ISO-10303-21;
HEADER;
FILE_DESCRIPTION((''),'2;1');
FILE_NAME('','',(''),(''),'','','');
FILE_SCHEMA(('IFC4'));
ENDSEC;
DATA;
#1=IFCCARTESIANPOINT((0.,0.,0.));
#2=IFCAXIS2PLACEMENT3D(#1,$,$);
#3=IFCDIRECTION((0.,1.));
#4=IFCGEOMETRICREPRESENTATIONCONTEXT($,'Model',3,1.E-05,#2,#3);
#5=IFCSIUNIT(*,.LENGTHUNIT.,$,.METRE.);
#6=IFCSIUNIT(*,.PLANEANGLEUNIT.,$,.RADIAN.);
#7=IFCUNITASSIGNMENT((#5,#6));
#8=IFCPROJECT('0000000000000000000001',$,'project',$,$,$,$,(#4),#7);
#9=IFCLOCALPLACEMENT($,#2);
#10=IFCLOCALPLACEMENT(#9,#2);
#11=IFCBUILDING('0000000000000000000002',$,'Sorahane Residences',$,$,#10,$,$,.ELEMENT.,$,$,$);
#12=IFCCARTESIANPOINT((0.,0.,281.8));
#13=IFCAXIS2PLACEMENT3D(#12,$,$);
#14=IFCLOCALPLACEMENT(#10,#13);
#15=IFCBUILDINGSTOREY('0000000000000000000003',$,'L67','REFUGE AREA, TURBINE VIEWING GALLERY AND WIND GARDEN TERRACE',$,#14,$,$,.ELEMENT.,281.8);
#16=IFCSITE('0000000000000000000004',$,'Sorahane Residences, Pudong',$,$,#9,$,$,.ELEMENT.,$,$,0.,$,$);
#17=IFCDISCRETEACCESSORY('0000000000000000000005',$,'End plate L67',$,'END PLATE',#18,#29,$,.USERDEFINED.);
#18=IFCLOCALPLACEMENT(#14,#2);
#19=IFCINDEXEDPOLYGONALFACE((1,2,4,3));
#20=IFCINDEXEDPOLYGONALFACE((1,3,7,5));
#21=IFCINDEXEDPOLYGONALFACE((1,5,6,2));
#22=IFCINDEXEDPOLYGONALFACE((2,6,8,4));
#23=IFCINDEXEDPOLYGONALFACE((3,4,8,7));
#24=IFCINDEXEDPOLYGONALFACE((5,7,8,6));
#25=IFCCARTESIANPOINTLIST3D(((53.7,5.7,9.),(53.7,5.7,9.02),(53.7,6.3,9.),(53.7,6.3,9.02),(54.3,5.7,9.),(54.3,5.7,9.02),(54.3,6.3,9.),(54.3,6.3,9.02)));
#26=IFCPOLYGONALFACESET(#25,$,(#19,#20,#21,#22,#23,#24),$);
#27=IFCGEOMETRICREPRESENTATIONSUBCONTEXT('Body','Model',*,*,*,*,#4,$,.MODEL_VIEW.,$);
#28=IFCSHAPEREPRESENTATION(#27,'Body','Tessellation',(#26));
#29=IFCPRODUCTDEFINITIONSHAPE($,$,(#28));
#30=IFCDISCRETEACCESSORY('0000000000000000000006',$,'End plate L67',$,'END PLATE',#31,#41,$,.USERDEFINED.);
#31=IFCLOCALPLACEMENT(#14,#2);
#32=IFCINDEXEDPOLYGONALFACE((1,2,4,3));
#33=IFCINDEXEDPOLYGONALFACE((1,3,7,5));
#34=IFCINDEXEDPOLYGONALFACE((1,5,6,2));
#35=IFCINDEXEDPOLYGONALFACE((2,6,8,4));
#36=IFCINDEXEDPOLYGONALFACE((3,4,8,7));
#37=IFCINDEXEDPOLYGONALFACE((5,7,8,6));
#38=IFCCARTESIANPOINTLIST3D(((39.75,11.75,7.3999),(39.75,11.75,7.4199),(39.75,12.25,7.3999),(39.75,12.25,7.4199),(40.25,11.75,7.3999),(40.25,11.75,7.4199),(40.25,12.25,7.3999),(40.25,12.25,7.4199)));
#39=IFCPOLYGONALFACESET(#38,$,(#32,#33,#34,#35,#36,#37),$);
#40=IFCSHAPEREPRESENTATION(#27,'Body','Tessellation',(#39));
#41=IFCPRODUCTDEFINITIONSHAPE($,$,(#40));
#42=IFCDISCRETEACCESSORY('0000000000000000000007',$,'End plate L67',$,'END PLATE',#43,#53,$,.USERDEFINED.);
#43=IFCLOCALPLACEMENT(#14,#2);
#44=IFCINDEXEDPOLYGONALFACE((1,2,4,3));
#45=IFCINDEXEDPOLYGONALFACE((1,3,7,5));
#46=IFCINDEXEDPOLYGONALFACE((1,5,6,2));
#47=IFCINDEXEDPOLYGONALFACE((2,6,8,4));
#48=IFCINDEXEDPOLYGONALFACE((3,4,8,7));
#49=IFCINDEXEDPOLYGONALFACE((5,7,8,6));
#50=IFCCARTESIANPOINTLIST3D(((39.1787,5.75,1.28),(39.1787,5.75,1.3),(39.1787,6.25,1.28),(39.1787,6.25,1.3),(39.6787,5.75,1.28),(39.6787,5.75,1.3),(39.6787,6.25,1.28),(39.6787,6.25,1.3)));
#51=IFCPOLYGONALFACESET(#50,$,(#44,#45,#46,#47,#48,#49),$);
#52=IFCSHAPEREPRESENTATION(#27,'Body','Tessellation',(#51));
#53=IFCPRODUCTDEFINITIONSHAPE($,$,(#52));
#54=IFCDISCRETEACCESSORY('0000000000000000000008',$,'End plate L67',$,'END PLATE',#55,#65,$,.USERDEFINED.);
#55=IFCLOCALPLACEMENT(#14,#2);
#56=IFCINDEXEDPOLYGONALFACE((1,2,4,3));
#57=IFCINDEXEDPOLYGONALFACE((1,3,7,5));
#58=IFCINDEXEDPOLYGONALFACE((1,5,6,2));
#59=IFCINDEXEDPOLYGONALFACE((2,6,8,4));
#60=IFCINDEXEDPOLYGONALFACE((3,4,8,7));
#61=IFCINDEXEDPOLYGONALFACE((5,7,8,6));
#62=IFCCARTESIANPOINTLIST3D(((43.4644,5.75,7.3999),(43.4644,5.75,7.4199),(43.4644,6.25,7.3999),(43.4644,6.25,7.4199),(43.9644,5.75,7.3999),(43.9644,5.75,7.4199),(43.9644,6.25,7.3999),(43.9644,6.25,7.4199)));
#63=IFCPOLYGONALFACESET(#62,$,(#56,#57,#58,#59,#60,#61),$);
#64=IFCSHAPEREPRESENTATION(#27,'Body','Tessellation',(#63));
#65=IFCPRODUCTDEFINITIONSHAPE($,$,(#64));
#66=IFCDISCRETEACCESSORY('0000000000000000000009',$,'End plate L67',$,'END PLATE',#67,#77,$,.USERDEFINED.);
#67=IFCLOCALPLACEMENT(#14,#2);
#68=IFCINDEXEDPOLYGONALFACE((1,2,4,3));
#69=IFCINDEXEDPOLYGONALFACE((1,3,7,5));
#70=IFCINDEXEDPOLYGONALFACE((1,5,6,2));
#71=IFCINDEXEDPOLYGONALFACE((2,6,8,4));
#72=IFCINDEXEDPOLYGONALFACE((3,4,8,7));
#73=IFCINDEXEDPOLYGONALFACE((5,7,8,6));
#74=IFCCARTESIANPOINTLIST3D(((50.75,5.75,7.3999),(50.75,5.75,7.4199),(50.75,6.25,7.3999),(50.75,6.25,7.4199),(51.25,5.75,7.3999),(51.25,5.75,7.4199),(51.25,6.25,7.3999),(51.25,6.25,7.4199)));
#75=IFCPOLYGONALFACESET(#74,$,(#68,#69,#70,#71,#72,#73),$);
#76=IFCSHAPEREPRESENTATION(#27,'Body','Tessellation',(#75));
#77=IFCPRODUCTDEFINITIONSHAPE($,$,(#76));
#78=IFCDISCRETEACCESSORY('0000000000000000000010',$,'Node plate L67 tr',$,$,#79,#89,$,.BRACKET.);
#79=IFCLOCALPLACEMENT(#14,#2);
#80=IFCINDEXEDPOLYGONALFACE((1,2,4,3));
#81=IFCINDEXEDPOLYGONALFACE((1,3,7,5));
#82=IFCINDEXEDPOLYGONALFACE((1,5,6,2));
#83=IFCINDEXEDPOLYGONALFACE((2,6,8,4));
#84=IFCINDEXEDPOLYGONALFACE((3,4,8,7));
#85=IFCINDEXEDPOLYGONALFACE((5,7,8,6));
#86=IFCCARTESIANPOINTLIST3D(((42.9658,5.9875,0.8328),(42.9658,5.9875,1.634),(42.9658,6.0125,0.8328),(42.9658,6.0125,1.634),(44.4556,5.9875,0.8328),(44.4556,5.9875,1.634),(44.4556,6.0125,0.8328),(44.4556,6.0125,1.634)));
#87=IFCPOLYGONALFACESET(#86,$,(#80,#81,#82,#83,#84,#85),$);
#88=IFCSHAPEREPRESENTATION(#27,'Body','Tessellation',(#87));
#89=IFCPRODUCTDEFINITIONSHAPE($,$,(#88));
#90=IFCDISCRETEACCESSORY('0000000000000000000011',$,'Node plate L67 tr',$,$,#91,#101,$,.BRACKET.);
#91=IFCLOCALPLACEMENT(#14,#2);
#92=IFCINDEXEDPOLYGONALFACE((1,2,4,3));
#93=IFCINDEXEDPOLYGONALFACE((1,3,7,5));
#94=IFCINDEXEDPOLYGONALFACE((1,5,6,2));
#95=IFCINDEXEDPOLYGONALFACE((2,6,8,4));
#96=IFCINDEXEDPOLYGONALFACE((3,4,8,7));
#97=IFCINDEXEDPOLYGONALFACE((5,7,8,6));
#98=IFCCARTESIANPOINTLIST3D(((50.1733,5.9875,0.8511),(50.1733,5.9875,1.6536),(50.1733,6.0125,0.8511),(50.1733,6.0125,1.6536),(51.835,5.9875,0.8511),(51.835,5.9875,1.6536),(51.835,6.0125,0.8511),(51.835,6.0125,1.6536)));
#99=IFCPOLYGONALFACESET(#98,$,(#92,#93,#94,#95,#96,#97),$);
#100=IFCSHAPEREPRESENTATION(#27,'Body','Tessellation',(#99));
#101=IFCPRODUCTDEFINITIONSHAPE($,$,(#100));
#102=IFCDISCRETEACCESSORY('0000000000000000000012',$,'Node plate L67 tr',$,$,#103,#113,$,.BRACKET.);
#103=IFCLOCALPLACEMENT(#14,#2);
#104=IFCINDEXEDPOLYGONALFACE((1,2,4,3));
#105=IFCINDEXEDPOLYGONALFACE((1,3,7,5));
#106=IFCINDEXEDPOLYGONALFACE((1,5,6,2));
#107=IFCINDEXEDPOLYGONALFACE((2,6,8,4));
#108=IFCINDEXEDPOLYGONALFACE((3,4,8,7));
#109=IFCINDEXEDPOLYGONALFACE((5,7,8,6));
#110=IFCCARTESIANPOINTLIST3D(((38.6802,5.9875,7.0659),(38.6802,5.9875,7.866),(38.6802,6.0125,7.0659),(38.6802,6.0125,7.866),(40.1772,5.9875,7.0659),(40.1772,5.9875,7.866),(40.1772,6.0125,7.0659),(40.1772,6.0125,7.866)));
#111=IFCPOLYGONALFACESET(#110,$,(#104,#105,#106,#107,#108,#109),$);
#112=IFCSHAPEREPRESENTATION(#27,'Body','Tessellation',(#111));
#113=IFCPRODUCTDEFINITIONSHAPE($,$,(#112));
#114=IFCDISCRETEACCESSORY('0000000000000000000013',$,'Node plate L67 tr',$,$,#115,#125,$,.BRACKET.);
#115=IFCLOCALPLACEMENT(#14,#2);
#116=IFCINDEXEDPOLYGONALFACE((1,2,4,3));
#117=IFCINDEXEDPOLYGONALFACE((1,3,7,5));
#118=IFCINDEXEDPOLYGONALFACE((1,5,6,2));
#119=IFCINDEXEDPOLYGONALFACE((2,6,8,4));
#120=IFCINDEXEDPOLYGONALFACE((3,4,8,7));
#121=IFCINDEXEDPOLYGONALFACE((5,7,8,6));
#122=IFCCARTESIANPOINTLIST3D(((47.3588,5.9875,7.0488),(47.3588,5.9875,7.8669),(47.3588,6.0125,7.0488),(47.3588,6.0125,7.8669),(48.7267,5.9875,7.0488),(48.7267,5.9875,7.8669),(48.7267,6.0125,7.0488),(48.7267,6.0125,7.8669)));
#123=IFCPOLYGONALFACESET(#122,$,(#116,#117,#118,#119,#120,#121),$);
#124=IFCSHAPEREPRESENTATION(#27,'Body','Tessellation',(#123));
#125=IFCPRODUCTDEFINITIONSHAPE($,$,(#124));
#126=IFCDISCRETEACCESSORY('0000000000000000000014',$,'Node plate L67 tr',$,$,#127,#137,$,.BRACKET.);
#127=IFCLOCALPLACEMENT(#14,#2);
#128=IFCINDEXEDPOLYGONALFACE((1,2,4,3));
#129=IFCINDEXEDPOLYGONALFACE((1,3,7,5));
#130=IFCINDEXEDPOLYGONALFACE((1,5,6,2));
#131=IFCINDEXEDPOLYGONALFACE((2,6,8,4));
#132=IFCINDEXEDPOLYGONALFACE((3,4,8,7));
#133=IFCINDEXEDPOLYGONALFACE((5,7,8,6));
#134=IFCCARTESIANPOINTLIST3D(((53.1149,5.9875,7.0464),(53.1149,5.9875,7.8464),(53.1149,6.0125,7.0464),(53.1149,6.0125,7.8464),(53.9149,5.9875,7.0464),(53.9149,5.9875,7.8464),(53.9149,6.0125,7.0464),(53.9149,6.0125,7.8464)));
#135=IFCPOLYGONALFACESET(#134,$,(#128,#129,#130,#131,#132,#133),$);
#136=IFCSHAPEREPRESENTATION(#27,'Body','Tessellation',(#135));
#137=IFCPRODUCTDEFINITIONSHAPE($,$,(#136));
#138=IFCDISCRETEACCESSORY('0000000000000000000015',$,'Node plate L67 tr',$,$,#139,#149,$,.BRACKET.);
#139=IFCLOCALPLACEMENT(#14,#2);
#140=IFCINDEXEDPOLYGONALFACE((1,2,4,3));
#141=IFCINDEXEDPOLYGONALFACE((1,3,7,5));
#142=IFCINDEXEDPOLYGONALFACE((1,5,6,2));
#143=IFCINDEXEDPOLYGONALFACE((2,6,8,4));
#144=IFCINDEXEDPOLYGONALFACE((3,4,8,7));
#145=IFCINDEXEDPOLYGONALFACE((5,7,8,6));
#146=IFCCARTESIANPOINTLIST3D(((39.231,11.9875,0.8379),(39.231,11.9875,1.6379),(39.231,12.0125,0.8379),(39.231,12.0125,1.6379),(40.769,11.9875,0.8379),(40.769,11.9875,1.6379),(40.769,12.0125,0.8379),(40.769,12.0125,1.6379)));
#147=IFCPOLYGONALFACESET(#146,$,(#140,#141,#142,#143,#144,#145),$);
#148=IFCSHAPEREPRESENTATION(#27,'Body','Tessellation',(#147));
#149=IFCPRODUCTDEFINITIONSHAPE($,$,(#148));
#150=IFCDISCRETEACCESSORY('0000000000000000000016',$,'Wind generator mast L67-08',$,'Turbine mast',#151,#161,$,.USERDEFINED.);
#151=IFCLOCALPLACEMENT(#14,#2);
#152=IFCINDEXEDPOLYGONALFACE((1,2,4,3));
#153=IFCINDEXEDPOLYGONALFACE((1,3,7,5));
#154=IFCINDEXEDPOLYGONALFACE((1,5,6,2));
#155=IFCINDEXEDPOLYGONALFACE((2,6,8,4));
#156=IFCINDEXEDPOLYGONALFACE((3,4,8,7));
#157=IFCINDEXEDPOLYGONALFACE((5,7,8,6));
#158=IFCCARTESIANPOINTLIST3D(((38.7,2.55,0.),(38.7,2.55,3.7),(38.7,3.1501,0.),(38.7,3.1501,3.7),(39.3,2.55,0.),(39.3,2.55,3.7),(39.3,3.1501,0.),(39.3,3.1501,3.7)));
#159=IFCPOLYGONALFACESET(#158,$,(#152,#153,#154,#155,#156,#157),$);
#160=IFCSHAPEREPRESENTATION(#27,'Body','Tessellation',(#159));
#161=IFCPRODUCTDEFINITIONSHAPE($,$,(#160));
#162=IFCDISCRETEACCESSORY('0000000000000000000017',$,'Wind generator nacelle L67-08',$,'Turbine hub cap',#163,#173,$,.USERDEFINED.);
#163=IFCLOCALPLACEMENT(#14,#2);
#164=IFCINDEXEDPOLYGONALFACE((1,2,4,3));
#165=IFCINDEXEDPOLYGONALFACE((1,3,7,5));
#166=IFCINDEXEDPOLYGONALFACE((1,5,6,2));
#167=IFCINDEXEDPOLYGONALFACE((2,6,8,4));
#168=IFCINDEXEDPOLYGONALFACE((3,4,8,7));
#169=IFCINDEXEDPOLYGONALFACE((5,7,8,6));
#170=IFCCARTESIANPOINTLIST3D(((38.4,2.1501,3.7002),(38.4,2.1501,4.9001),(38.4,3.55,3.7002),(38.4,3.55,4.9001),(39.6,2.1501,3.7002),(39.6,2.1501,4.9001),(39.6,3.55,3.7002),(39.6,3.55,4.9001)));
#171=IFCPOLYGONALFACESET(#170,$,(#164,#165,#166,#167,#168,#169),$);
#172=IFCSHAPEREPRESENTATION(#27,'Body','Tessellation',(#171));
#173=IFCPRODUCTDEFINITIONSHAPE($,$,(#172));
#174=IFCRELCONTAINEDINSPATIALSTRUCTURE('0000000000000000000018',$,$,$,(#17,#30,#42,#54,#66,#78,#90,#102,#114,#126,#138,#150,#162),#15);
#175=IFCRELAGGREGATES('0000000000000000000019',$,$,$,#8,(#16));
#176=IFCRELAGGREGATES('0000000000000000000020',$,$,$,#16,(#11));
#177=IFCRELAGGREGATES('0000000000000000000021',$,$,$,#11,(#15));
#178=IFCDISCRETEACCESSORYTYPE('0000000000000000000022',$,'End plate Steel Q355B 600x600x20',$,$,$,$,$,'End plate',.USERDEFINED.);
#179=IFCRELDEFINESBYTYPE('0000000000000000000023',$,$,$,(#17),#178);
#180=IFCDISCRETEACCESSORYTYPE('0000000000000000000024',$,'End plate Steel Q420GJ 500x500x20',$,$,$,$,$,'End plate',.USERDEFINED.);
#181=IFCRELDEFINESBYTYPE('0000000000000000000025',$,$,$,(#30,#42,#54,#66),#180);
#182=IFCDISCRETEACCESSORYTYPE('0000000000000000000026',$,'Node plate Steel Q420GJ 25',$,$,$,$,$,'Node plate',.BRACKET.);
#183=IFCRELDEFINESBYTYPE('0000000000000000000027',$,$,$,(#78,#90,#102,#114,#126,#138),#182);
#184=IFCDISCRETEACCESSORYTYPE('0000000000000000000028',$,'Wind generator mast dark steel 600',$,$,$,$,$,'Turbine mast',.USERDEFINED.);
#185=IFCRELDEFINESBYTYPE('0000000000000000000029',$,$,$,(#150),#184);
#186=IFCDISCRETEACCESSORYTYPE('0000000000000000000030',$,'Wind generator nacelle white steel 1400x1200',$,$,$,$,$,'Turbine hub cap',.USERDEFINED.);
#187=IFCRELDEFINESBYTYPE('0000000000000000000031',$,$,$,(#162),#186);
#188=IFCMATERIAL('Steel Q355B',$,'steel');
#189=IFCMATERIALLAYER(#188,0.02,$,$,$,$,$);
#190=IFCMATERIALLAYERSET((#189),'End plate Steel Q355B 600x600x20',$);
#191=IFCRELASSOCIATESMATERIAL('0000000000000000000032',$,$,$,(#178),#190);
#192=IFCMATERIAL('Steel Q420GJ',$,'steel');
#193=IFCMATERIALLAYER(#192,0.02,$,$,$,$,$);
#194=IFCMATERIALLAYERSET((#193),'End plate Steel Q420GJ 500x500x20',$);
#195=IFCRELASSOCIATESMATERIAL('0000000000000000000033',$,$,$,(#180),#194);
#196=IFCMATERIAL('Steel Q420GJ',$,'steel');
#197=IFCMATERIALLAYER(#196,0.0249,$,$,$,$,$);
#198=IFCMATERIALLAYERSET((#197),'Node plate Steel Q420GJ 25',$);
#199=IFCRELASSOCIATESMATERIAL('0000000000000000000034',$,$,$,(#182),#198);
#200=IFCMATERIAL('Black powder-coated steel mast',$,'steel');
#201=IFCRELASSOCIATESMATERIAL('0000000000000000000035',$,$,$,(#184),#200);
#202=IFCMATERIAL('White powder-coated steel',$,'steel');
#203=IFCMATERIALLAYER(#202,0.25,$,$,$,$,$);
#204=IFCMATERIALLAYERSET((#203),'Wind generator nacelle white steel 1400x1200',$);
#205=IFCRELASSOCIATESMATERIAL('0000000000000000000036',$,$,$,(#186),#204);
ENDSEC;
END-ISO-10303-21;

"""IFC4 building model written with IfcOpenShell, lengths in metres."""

from ifc_helpers import new_model, si_unit, direction, frame, origin, origin_2d, place, context, subcontext, project, spatial, rectangle, extrude, material, layer, layer_set, type_object, element, save


model = new_model("IFC4")

# Units and contexts
model_context = context("Model", 3, precision=1e-05, world=origin(), true_north=direction((0.0, 1.0)))
body_context = subcontext(model_context, "Body", "Model", "MODEL_VIEW")
ifc_project = project(units=[si_unit("LENGTHUNIT", "METRE"), si_unit("PLANEANGLEUNIT", "RADIAN")], contexts=[model_context])

# Site, building, storey
site_placement = place(None, origin())
site = spatial("IfcSite", under=ifc_project, at=site_placement, Name="Sorahane Residences, Pudong", CompositionType="ELEMENT", RefElevation=0.0)
building_placement = place(site_placement, origin())
building = spatial("IfcBuilding", under=site, at=building_placement, Name="Sorahane Residences", CompositionType="ELEMENT")
storey_placement = place(building_placement, frame((0.0, 0.0, 281.8)))
storey = spatial("IfcBuildingStorey", under=building, at=storey_placement, Name="L67", Description="REFUGE AREA, TURBINE VIEWING GALLERY AND WIND GARDEN TERRACE", CompositionType="ELEMENT", Elevation=281.8)

# Discrete accessories
ifc_material_1 = material(Name="Steel Q355B", Category="steel")
ifc_layer_1 = layer(ifc_material_1, 0.02)
ifc_layer_set_1 = layer_set([ifc_layer_1], Name="End plate Steel Q355B 600x600x20")
discrete_accessory_type_1 = type_object("IfcDiscreteAccessoryType", Name="End plate Steel Q355B 600x600x20", ElementType="End plate", PredefinedType="USERDEFINED", material=ifc_layer_set_1)
for number, where, z_axis, x_axis, name in (
    (1, (54.0, 6.0, 9.0), (0.0, 0.0, 1.0), (1.0, 0.0, 0.0), "End plate L67"),
):
    element("IfcDiscreteAccessory", number, at=place(storey_placement, frame(where, z_axis=z_axis, x_axis=x_axis)), inside=storey, type_object=discrete_accessory_type_1, Name=name, ObjectType="END PLATE", PredefinedType="USERDEFINED", context=body_context, shape_type="SweptSolid", body=[
        extrude(rectangle(XDim=0.6001, YDim=0.6001, at=origin_2d()), origin(), (0.0, 0.0, 1.0), 0.02),
    ])
ifc_material_2 = material(Name="Steel Q420GJ", Category="steel")
ifc_layer_2 = layer(ifc_material_2, 0.02)
ifc_layer_set_2 = layer_set([ifc_layer_2], Name="End plate Steel Q420GJ 500x500x20")
discrete_accessory_type_2 = type_object("IfcDiscreteAccessoryType", Name="End plate Steel Q420GJ 500x500x20", ElementType="End plate", PredefinedType="USERDEFINED", material=ifc_layer_set_2)
for number, where, z_axis, x_axis, name in (
    (2, (40.0, 12.0, 7.3999), (0.0, 0.0, 1.0), (1.0, 0.0, 0.0), "End plate L67"),
    (3, (39.4287, 6.0, 1.28), (0.0, 0.0, 1.0), (1.0, 0.0, 0.0), "End plate L67"),
    (4, (43.7144, 6.0, 7.3999), (0.0, 0.0, 1.0), (1.0, 0.0, 0.0), "End plate L67"),
    (5, (51.0, 6.0, 7.3999), (0.0, 0.0, 1.0), (1.0, 0.0, 0.0), "End plate L67"),
):
    element("IfcDiscreteAccessory", number, at=place(storey_placement, frame(where, z_axis=z_axis, x_axis=x_axis)), inside=storey, type_object=discrete_accessory_type_2, Name=name, ObjectType="END PLATE", PredefinedType="USERDEFINED", context=body_context, shape_type="SweptSolid", body=[
        extrude(rectangle(XDim=0.5, YDim=0.5, at=origin_2d()), origin(), (0.0, 0.0, 1.0), 0.02),
    ])
ifc_material_3 = material(Name="Steel Q420GJ", Category="steel")
ifc_layer_3 = layer(ifc_material_3, 0.0249)
ifc_layer_set_3 = layer_set([ifc_layer_3], Name="Node plate Steel Q420GJ 25")
discrete_accessory_type_3 = type_object("IfcDiscreteAccessoryType", Name="Node plate Steel Q420GJ 25", ElementType="Node plate", PredefinedType="BRACKET", material=ifc_layer_set_3)
discrete_accessory_1_placement = place(storey_placement, frame((43.7107, 6.0, 0.8328), z_axis=(0.0, 0.0, 1.0), x_axis=(1.0, 0.0, 0.0)))
element("IfcDiscreteAccessory", 6, at=discrete_accessory_1_placement, inside=storey, type_object=discrete_accessory_type_3, Name="Node plate L67 tr", PredefinedType="BRACKET", context=body_context, shape_type="SweptSolid", body=[
    extrude(rectangle(XDim=1.4897, YDim=0.0249, at=origin_2d()), origin(), (0.0, 0.0, 1.0), 0.8013),
])
discrete_accessory_2_placement = place(storey_placement, frame((51.0042, 6.0, 0.8511), z_axis=(0.0, 0.0, 1.0), x_axis=(1.0, 0.0, 0.0)))
element("IfcDiscreteAccessory", 7, at=discrete_accessory_2_placement, inside=storey, type_object=discrete_accessory_type_3, Name="Node plate L67 tr", PredefinedType="BRACKET", context=body_context, shape_type="SweptSolid", body=[
    extrude(rectangle(XDim=1.6616, YDim=0.0249, at=origin_2d()), origin(), (0.0, 0.0, 1.0), 0.8025),
])
discrete_accessory_3_placement = place(storey_placement, frame((39.4287, 6.0, 7.0659), z_axis=(0.0, 0.0, 1.0), x_axis=(1.0, 0.0, 0.0)))
element("IfcDiscreteAccessory", 8, at=discrete_accessory_3_placement, inside=storey, type_object=discrete_accessory_type_3, Name="Node plate L67 tr", PredefinedType="BRACKET", context=body_context, shape_type="SweptSolid", body=[
    extrude(rectangle(XDim=1.4971, YDim=0.0249, at=origin_2d()), origin(), (0.0, 0.0, 1.0), 0.8),
])
discrete_accessory_4_placement = place(storey_placement, frame((48.0427, 6.0, 7.0488), z_axis=(0.0, 0.0, 1.0), x_axis=(1.0, 0.0, 0.0)))
element("IfcDiscreteAccessory", 9, at=discrete_accessory_4_placement, inside=storey, type_object=discrete_accessory_type_3, Name="Node plate L67 tr", PredefinedType="BRACKET", context=body_context, shape_type="SweptSolid", body=[
    extrude(rectangle(XDim=1.3679, YDim=0.0249, at=origin_2d()), origin(), (0.0, 0.0, 1.0), 0.8181),
])
discrete_accessory_5_placement = place(storey_placement, frame((53.5149, 6.0, 7.0464), z_axis=(0.0, 0.0, 1.0), x_axis=(1.0, 0.0, 0.0)))
element("IfcDiscreteAccessory", 10, at=discrete_accessory_5_placement, inside=storey, type_object=discrete_accessory_type_3, Name="Node plate L67 tr", PredefinedType="BRACKET", context=body_context, shape_type="SweptSolid", body=[
    extrude(rectangle(XDim=0.8, YDim=0.0249, at=origin_2d()), origin(), (0.0, 0.0, 1.0), 0.8),
])
discrete_accessory_6_placement = place(storey_placement, frame((40.0, 12.0, 0.8379), z_axis=(0.0, 0.0, 1.0), x_axis=(1.0, 0.0, 0.0)))
element("IfcDiscreteAccessory", 11, at=discrete_accessory_6_placement, inside=storey, type_object=discrete_accessory_type_3, Name="Node plate L67 tr", PredefinedType="BRACKET", context=body_context, shape_type="SweptSolid", body=[
    extrude(rectangle(XDim=1.5381, YDim=0.0249, at=origin_2d()), origin(), (0.0, 0.0, 1.0), 0.8),
])
ifc_material_4 = material(Name="Black powder-coated steel mast", Category="steel")
discrete_accessory_type_4 = type_object("IfcDiscreteAccessoryType", Name="Wind generator mast dark steel 600", ElementType="Turbine mast", PredefinedType="USERDEFINED", material=ifc_material_4)
discrete_accessory_7_placement = place(storey_placement, frame((39.0, 2.8501, 0.0), z_axis=(0.0, 0.0, 1.0), x_axis=(1.0, 0.0, 0.0)))
element("IfcDiscreteAccessory", 12, at=discrete_accessory_7_placement, inside=storey, type_object=discrete_accessory_type_4, Name="Wind generator mast L67-08", ObjectType="Turbine mast", PredefinedType="USERDEFINED", context=body_context, shape_type="SweptSolid", body=[
    extrude(rectangle(XDim=0.6001, YDim=0.6001, at=origin_2d()), origin(), (0.0, 0.0, 1.0), 3.7),
])
ifc_material_5 = material(Name="White powder-coated steel", Category="steel")
ifc_layer_4 = layer(ifc_material_5, 0.25)
ifc_layer_set_4 = layer_set([ifc_layer_4], Name="Wind generator nacelle white steel 1400x1200")
discrete_accessory_type_5 = type_object("IfcDiscreteAccessoryType", Name="Wind generator nacelle white steel 1400x1200", ElementType="Turbine hub cap", PredefinedType="USERDEFINED", material=ifc_layer_set_4)
discrete_accessory_8_placement = place(storey_placement, frame((39.0, 2.8501, 3.7002), z_axis=(0.0, 0.0, 1.0), x_axis=(1.0, 0.0, 0.0)))
element("IfcDiscreteAccessory", 13, at=discrete_accessory_8_placement, inside=storey, type_object=discrete_accessory_type_5, Name="Wind generator nacelle L67-08", ObjectType="Turbine hub cap", PredefinedType="USERDEFINED", context=body_context, shape_type="SweptSolid", body=[
    extrude(rectangle(XDim=1.2, YDim=1.3999, at=origin_2d()), origin(), (0.0, 0.0, 1.0), 1.2),
])

save(model, "model.ifc")
